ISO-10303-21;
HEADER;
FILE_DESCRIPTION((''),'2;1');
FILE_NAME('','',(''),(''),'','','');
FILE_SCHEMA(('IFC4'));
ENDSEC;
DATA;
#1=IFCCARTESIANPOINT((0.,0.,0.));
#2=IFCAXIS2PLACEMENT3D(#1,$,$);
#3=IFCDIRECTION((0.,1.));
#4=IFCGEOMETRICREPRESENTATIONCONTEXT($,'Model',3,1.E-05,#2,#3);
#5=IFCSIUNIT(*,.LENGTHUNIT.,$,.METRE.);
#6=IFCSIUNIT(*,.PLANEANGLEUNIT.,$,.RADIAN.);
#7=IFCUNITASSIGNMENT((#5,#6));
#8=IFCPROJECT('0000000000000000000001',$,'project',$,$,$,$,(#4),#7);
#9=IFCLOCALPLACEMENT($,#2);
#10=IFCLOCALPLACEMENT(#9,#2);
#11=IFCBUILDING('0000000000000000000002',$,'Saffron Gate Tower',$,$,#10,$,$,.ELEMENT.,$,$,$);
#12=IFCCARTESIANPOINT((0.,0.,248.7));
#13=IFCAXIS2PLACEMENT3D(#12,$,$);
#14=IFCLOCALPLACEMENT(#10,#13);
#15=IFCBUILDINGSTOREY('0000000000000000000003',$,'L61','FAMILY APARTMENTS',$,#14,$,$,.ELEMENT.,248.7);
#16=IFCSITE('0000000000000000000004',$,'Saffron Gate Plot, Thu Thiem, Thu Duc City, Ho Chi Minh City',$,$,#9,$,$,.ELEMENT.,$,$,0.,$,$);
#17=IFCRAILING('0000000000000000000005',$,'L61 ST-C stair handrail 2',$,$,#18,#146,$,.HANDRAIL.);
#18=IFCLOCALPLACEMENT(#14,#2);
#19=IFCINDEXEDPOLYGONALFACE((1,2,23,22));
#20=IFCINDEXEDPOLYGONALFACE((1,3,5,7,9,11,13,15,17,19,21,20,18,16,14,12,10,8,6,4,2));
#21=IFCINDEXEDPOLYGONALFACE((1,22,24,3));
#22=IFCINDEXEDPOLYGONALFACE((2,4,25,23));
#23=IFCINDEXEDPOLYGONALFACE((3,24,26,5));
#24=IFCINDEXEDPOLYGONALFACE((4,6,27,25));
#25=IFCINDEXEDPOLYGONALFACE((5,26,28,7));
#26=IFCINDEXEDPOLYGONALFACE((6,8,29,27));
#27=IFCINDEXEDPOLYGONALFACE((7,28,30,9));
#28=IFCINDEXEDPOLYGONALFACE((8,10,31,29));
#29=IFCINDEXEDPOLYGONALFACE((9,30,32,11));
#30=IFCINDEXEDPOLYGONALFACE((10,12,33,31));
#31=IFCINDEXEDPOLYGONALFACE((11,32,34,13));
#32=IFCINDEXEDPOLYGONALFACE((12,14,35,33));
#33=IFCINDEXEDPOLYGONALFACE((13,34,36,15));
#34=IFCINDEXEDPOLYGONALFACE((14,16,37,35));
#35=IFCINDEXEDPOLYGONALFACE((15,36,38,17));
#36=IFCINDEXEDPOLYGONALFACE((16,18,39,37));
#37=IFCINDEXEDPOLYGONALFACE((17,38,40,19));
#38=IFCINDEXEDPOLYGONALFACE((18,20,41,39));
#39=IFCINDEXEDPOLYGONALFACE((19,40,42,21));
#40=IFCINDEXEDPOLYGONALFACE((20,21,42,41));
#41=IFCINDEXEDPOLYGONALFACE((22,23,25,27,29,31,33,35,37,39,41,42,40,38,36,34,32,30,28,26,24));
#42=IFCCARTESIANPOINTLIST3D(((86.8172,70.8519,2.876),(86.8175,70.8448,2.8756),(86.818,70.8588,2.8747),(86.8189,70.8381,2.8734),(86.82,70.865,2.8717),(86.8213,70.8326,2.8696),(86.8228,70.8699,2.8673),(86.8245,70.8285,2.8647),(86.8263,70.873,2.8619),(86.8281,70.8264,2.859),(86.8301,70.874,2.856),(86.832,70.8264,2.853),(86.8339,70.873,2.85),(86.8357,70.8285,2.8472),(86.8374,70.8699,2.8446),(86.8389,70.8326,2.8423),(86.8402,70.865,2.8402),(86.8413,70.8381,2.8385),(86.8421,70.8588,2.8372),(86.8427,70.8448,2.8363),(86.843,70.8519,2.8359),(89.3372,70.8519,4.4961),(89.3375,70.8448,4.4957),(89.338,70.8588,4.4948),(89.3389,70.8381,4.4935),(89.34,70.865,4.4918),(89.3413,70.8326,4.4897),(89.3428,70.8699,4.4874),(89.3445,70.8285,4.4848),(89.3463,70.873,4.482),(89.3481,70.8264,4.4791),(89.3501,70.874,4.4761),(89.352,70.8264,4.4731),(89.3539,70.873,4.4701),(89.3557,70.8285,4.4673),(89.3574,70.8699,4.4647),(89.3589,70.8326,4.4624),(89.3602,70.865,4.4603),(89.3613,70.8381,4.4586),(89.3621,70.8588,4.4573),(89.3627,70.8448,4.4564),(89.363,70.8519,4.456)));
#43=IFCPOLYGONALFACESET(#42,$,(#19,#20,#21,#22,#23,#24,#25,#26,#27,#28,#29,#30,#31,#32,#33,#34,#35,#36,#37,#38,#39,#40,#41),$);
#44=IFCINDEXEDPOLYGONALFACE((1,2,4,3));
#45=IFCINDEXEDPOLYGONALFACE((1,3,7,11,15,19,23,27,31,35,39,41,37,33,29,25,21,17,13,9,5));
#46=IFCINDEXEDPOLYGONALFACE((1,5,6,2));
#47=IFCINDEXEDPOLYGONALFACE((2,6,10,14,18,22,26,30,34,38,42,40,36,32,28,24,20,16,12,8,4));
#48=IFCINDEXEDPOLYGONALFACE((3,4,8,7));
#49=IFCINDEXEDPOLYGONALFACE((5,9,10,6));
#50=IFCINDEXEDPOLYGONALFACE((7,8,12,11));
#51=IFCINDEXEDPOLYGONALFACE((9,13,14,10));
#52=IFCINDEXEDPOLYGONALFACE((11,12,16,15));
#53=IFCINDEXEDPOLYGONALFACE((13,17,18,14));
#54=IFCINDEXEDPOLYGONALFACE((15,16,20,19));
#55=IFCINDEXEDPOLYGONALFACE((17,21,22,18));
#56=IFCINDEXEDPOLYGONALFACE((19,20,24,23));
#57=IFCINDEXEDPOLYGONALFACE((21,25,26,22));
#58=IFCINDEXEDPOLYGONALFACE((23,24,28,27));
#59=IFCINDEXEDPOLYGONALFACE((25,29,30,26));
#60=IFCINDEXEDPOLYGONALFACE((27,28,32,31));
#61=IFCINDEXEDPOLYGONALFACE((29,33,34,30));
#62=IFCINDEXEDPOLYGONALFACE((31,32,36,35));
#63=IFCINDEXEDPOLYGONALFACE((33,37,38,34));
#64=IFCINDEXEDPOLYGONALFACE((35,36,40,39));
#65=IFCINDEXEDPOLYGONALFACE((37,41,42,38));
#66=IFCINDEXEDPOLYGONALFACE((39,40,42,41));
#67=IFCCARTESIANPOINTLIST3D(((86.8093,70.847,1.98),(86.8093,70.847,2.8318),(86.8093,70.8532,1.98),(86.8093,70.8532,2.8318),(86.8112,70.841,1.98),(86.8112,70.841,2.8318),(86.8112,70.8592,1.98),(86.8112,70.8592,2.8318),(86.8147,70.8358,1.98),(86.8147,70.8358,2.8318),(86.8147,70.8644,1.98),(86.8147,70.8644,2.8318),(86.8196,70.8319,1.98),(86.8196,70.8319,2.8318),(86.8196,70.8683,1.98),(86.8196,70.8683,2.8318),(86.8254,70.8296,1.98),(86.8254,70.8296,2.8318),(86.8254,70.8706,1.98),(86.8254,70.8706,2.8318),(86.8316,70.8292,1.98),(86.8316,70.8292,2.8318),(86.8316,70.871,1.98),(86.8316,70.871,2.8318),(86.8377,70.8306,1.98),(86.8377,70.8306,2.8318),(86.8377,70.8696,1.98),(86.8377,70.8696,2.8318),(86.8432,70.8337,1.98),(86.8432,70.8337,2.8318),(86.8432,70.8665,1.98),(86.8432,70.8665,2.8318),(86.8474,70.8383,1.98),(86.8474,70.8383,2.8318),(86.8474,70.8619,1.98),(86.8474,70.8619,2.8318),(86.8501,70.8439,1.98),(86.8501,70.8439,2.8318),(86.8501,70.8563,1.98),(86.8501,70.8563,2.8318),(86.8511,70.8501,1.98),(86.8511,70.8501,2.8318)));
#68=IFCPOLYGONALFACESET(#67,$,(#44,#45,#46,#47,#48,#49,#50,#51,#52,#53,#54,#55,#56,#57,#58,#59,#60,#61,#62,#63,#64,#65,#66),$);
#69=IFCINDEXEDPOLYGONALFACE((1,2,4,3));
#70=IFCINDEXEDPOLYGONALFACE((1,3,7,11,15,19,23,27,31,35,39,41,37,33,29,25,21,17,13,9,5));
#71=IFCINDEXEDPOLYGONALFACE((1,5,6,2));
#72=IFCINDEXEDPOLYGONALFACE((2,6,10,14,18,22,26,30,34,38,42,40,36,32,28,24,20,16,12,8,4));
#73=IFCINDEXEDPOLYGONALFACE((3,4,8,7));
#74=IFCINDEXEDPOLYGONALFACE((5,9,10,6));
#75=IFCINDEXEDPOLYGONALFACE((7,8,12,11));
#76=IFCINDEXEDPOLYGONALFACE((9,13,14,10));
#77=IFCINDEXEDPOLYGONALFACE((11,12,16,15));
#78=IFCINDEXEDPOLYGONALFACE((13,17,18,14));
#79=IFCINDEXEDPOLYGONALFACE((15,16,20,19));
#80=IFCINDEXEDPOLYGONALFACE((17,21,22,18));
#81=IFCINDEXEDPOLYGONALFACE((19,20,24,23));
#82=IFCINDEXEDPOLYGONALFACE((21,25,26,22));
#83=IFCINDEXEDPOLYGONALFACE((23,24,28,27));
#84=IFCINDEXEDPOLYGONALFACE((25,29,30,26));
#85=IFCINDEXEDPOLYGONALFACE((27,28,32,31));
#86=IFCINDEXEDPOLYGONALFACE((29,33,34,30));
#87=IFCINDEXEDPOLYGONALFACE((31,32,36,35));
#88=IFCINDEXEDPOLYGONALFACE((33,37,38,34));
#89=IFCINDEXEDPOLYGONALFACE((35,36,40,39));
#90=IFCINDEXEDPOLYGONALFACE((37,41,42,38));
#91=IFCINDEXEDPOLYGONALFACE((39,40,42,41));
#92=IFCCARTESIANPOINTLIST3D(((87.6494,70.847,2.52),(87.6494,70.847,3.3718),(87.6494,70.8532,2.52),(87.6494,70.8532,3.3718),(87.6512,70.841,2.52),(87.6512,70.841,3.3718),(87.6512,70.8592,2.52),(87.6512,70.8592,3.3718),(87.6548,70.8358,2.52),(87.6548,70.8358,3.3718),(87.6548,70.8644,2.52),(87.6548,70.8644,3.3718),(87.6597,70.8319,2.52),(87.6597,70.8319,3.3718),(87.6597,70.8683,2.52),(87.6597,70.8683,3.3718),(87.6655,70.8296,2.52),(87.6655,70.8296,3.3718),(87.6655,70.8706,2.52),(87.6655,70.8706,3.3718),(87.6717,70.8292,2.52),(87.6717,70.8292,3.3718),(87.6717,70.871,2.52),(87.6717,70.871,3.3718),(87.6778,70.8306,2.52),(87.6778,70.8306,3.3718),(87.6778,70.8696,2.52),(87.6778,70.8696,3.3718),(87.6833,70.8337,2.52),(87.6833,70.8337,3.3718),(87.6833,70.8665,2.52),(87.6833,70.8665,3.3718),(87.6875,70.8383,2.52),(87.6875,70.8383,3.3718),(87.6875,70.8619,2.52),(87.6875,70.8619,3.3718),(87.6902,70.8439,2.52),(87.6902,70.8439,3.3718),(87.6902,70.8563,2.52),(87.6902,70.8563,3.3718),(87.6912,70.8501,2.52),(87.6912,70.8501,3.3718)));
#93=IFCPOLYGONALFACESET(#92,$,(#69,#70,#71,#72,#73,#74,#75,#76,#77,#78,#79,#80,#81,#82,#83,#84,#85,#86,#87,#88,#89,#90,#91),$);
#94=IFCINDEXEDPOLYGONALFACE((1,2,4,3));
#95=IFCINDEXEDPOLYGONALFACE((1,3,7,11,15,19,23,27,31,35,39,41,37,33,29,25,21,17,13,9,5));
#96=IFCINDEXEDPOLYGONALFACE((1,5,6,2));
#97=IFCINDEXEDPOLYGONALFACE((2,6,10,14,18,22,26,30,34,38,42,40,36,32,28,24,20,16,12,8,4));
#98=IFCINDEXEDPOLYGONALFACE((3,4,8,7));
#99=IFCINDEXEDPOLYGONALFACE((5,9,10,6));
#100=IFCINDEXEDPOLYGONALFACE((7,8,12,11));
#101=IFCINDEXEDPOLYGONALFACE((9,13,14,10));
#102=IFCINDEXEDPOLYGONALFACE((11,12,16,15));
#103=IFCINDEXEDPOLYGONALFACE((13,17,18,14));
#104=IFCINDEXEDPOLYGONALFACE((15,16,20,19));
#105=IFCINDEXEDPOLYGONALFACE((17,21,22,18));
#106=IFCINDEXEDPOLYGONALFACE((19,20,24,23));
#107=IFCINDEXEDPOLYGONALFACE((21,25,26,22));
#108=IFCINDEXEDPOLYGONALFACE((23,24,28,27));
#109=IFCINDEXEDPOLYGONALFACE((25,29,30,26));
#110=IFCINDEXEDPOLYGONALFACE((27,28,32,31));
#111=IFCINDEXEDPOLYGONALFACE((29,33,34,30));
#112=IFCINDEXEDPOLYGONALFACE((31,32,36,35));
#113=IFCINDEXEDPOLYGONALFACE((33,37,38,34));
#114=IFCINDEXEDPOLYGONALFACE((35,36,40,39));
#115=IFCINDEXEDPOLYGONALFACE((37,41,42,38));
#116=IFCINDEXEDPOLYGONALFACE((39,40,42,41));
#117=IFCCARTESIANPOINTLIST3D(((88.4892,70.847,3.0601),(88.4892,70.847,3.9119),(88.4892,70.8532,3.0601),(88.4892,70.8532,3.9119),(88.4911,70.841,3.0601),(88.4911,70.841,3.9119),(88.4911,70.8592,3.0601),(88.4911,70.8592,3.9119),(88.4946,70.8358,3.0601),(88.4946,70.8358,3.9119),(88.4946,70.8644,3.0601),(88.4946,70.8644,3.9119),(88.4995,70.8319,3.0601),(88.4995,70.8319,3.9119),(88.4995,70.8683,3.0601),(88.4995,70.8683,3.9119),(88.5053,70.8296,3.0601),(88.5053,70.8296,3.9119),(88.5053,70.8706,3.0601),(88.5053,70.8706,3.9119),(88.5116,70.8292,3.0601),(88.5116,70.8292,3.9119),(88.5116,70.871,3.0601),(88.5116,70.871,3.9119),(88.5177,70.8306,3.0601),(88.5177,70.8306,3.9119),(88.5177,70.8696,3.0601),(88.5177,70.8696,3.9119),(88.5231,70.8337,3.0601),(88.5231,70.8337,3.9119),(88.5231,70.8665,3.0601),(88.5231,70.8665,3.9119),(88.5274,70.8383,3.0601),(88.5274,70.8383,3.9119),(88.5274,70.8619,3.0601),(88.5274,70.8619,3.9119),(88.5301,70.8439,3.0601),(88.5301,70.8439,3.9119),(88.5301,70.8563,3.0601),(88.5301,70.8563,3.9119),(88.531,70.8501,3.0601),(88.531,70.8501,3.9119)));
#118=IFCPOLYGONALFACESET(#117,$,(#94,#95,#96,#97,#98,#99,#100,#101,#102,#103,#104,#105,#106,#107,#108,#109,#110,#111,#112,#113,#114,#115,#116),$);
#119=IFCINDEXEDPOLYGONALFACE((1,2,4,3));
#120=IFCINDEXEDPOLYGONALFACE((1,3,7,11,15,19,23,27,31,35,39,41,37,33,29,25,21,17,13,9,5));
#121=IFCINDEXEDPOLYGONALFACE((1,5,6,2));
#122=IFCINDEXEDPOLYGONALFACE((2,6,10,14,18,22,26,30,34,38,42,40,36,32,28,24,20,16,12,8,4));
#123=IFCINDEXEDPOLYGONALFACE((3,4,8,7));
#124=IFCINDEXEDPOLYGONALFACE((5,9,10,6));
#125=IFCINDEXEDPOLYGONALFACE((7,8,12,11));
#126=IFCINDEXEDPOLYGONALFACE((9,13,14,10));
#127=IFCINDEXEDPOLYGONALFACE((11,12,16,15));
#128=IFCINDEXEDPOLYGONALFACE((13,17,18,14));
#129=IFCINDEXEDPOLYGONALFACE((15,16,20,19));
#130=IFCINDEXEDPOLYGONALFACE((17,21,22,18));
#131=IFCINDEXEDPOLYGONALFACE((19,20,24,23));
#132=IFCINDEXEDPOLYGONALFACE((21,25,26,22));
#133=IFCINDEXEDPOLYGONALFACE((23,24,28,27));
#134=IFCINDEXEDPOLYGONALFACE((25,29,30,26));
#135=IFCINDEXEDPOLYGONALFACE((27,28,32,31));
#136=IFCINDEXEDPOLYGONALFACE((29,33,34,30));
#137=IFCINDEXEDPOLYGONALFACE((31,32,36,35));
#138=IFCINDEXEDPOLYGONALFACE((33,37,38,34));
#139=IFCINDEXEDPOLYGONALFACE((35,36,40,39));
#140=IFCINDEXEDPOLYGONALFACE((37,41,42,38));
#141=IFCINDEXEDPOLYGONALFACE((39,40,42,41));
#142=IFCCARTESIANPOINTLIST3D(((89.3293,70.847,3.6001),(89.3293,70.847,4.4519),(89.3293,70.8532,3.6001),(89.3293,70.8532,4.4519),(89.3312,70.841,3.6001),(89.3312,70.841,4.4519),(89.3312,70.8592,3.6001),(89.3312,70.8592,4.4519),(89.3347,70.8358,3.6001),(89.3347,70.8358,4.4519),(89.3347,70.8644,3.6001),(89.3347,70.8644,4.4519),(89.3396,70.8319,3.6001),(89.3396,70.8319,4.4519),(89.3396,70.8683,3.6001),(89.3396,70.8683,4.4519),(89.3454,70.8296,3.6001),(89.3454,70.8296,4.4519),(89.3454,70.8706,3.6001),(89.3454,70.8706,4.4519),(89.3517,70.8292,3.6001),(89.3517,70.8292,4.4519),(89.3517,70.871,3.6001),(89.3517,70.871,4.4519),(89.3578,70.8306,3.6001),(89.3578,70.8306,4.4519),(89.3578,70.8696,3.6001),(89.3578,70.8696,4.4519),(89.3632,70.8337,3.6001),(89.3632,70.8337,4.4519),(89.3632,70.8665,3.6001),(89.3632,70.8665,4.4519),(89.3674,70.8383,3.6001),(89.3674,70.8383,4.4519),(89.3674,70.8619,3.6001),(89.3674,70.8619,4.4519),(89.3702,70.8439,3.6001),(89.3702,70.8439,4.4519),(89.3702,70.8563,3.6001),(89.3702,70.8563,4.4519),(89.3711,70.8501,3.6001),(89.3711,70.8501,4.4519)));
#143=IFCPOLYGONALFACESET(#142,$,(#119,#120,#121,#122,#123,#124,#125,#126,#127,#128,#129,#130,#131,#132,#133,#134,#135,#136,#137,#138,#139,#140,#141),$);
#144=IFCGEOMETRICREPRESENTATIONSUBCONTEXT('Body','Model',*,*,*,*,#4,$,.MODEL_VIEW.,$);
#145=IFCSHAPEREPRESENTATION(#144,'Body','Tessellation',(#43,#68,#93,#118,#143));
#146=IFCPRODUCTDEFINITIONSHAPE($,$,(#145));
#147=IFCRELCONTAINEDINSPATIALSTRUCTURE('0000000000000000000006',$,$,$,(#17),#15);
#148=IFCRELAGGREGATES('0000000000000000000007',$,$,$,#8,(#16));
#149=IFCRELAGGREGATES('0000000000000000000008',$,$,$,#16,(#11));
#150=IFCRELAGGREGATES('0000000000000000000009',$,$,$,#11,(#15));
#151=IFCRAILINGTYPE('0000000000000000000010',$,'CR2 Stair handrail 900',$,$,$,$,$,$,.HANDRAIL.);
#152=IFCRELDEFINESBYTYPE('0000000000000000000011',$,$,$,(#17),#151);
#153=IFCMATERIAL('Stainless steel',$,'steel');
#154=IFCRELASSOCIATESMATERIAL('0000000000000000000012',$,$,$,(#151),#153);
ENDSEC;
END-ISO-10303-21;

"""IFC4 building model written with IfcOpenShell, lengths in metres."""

from ifc_helpers import new_model, si_unit, direction, frame, origin, origin_2d, place, context, subcontext, project, spatial, circle, extrude, material, type_object, element, save


model = new_model("IFC4")

# Units and contexts
model_context = context("Model", 3, precision=1e-05, world=origin(), true_north=direction((0.0, 1.0)))
body_context = subcontext(model_context, "Body", "Model", "MODEL_VIEW")
ifc_project = project(units=[si_unit("LENGTHUNIT", "METRE"), si_unit("PLANEANGLEUNIT", "RADIAN")], contexts=[model_context])

# Site, building, storey
site_placement = place(None, origin())
site = spatial("IfcSite", under=ifc_project, at=site_placement, Name="Saffron Gate Plot, Thu Thiem, Thu Duc City, Ho Chi Minh City", CompositionType="ELEMENT", RefElevation=0.0)
building_placement = place(site_placement, origin())
building = spatial("IfcBuilding", under=site, at=building_placement, Name="Saffron Gate Tower", CompositionType="ELEMENT")
storey_placement = place(building_placement, frame((0.0, 0.0, 248.7)))
storey = spatial("IfcBuildingStorey", under=building, at=storey_placement, Name="L61", Description="FAMILY APARTMENTS", CompositionType="ELEMENT", Elevation=248.7)

# Railing
ifc_material_1 = material(Name="Stainless steel", Category="steel")
railing_type_1 = type_object("IfcRailingType", Name="CR2 Stair handrail 900", PredefinedType="HANDRAIL", material=ifc_material_1)
railing_1_placement = place(storey_placement, frame((86.8301, 70.8501, 1.98)))
element("IfcRailing", 1, at=railing_1_placement, inside=storey, type_object=railing_type_1, Name="L61 ST-C stair handrail 2", PredefinedType="HANDRAIL", context=body_context, shape_type="SweptSolid", body=[
    extrude(circle(Radius=0.0239, at=origin_2d()), frame((0.0, 0.0, 0.876), z_axis=(0.841163, 0.0, 0.540782), x_axis=(0.0, 1.0, 0.0)), (0.0, 0.0, 1.0), 2.9958),
    extrude(circle(Radius=0.021, at=origin_2d()), origin(), (0.0, 0.0, 1.0), 0.8518),
    extrude(circle(Radius=0.021, at=origin_2d()), frame((0.8401, 0.0, 0.54)), (0.0, 0.0, 1.0), 0.8518),
    extrude(circle(Radius=0.021, at=origin_2d()), frame((1.6799, 0.0, 1.0801)), (0.0, 0.0, 1.0), 0.8518),
    extrude(circle(Radius=0.021, at=origin_2d()), frame((2.52, 0.0, 1.6201)), (0.0, 0.0, 1.0), 0.8518),
])

save(model, "model.ifc")
